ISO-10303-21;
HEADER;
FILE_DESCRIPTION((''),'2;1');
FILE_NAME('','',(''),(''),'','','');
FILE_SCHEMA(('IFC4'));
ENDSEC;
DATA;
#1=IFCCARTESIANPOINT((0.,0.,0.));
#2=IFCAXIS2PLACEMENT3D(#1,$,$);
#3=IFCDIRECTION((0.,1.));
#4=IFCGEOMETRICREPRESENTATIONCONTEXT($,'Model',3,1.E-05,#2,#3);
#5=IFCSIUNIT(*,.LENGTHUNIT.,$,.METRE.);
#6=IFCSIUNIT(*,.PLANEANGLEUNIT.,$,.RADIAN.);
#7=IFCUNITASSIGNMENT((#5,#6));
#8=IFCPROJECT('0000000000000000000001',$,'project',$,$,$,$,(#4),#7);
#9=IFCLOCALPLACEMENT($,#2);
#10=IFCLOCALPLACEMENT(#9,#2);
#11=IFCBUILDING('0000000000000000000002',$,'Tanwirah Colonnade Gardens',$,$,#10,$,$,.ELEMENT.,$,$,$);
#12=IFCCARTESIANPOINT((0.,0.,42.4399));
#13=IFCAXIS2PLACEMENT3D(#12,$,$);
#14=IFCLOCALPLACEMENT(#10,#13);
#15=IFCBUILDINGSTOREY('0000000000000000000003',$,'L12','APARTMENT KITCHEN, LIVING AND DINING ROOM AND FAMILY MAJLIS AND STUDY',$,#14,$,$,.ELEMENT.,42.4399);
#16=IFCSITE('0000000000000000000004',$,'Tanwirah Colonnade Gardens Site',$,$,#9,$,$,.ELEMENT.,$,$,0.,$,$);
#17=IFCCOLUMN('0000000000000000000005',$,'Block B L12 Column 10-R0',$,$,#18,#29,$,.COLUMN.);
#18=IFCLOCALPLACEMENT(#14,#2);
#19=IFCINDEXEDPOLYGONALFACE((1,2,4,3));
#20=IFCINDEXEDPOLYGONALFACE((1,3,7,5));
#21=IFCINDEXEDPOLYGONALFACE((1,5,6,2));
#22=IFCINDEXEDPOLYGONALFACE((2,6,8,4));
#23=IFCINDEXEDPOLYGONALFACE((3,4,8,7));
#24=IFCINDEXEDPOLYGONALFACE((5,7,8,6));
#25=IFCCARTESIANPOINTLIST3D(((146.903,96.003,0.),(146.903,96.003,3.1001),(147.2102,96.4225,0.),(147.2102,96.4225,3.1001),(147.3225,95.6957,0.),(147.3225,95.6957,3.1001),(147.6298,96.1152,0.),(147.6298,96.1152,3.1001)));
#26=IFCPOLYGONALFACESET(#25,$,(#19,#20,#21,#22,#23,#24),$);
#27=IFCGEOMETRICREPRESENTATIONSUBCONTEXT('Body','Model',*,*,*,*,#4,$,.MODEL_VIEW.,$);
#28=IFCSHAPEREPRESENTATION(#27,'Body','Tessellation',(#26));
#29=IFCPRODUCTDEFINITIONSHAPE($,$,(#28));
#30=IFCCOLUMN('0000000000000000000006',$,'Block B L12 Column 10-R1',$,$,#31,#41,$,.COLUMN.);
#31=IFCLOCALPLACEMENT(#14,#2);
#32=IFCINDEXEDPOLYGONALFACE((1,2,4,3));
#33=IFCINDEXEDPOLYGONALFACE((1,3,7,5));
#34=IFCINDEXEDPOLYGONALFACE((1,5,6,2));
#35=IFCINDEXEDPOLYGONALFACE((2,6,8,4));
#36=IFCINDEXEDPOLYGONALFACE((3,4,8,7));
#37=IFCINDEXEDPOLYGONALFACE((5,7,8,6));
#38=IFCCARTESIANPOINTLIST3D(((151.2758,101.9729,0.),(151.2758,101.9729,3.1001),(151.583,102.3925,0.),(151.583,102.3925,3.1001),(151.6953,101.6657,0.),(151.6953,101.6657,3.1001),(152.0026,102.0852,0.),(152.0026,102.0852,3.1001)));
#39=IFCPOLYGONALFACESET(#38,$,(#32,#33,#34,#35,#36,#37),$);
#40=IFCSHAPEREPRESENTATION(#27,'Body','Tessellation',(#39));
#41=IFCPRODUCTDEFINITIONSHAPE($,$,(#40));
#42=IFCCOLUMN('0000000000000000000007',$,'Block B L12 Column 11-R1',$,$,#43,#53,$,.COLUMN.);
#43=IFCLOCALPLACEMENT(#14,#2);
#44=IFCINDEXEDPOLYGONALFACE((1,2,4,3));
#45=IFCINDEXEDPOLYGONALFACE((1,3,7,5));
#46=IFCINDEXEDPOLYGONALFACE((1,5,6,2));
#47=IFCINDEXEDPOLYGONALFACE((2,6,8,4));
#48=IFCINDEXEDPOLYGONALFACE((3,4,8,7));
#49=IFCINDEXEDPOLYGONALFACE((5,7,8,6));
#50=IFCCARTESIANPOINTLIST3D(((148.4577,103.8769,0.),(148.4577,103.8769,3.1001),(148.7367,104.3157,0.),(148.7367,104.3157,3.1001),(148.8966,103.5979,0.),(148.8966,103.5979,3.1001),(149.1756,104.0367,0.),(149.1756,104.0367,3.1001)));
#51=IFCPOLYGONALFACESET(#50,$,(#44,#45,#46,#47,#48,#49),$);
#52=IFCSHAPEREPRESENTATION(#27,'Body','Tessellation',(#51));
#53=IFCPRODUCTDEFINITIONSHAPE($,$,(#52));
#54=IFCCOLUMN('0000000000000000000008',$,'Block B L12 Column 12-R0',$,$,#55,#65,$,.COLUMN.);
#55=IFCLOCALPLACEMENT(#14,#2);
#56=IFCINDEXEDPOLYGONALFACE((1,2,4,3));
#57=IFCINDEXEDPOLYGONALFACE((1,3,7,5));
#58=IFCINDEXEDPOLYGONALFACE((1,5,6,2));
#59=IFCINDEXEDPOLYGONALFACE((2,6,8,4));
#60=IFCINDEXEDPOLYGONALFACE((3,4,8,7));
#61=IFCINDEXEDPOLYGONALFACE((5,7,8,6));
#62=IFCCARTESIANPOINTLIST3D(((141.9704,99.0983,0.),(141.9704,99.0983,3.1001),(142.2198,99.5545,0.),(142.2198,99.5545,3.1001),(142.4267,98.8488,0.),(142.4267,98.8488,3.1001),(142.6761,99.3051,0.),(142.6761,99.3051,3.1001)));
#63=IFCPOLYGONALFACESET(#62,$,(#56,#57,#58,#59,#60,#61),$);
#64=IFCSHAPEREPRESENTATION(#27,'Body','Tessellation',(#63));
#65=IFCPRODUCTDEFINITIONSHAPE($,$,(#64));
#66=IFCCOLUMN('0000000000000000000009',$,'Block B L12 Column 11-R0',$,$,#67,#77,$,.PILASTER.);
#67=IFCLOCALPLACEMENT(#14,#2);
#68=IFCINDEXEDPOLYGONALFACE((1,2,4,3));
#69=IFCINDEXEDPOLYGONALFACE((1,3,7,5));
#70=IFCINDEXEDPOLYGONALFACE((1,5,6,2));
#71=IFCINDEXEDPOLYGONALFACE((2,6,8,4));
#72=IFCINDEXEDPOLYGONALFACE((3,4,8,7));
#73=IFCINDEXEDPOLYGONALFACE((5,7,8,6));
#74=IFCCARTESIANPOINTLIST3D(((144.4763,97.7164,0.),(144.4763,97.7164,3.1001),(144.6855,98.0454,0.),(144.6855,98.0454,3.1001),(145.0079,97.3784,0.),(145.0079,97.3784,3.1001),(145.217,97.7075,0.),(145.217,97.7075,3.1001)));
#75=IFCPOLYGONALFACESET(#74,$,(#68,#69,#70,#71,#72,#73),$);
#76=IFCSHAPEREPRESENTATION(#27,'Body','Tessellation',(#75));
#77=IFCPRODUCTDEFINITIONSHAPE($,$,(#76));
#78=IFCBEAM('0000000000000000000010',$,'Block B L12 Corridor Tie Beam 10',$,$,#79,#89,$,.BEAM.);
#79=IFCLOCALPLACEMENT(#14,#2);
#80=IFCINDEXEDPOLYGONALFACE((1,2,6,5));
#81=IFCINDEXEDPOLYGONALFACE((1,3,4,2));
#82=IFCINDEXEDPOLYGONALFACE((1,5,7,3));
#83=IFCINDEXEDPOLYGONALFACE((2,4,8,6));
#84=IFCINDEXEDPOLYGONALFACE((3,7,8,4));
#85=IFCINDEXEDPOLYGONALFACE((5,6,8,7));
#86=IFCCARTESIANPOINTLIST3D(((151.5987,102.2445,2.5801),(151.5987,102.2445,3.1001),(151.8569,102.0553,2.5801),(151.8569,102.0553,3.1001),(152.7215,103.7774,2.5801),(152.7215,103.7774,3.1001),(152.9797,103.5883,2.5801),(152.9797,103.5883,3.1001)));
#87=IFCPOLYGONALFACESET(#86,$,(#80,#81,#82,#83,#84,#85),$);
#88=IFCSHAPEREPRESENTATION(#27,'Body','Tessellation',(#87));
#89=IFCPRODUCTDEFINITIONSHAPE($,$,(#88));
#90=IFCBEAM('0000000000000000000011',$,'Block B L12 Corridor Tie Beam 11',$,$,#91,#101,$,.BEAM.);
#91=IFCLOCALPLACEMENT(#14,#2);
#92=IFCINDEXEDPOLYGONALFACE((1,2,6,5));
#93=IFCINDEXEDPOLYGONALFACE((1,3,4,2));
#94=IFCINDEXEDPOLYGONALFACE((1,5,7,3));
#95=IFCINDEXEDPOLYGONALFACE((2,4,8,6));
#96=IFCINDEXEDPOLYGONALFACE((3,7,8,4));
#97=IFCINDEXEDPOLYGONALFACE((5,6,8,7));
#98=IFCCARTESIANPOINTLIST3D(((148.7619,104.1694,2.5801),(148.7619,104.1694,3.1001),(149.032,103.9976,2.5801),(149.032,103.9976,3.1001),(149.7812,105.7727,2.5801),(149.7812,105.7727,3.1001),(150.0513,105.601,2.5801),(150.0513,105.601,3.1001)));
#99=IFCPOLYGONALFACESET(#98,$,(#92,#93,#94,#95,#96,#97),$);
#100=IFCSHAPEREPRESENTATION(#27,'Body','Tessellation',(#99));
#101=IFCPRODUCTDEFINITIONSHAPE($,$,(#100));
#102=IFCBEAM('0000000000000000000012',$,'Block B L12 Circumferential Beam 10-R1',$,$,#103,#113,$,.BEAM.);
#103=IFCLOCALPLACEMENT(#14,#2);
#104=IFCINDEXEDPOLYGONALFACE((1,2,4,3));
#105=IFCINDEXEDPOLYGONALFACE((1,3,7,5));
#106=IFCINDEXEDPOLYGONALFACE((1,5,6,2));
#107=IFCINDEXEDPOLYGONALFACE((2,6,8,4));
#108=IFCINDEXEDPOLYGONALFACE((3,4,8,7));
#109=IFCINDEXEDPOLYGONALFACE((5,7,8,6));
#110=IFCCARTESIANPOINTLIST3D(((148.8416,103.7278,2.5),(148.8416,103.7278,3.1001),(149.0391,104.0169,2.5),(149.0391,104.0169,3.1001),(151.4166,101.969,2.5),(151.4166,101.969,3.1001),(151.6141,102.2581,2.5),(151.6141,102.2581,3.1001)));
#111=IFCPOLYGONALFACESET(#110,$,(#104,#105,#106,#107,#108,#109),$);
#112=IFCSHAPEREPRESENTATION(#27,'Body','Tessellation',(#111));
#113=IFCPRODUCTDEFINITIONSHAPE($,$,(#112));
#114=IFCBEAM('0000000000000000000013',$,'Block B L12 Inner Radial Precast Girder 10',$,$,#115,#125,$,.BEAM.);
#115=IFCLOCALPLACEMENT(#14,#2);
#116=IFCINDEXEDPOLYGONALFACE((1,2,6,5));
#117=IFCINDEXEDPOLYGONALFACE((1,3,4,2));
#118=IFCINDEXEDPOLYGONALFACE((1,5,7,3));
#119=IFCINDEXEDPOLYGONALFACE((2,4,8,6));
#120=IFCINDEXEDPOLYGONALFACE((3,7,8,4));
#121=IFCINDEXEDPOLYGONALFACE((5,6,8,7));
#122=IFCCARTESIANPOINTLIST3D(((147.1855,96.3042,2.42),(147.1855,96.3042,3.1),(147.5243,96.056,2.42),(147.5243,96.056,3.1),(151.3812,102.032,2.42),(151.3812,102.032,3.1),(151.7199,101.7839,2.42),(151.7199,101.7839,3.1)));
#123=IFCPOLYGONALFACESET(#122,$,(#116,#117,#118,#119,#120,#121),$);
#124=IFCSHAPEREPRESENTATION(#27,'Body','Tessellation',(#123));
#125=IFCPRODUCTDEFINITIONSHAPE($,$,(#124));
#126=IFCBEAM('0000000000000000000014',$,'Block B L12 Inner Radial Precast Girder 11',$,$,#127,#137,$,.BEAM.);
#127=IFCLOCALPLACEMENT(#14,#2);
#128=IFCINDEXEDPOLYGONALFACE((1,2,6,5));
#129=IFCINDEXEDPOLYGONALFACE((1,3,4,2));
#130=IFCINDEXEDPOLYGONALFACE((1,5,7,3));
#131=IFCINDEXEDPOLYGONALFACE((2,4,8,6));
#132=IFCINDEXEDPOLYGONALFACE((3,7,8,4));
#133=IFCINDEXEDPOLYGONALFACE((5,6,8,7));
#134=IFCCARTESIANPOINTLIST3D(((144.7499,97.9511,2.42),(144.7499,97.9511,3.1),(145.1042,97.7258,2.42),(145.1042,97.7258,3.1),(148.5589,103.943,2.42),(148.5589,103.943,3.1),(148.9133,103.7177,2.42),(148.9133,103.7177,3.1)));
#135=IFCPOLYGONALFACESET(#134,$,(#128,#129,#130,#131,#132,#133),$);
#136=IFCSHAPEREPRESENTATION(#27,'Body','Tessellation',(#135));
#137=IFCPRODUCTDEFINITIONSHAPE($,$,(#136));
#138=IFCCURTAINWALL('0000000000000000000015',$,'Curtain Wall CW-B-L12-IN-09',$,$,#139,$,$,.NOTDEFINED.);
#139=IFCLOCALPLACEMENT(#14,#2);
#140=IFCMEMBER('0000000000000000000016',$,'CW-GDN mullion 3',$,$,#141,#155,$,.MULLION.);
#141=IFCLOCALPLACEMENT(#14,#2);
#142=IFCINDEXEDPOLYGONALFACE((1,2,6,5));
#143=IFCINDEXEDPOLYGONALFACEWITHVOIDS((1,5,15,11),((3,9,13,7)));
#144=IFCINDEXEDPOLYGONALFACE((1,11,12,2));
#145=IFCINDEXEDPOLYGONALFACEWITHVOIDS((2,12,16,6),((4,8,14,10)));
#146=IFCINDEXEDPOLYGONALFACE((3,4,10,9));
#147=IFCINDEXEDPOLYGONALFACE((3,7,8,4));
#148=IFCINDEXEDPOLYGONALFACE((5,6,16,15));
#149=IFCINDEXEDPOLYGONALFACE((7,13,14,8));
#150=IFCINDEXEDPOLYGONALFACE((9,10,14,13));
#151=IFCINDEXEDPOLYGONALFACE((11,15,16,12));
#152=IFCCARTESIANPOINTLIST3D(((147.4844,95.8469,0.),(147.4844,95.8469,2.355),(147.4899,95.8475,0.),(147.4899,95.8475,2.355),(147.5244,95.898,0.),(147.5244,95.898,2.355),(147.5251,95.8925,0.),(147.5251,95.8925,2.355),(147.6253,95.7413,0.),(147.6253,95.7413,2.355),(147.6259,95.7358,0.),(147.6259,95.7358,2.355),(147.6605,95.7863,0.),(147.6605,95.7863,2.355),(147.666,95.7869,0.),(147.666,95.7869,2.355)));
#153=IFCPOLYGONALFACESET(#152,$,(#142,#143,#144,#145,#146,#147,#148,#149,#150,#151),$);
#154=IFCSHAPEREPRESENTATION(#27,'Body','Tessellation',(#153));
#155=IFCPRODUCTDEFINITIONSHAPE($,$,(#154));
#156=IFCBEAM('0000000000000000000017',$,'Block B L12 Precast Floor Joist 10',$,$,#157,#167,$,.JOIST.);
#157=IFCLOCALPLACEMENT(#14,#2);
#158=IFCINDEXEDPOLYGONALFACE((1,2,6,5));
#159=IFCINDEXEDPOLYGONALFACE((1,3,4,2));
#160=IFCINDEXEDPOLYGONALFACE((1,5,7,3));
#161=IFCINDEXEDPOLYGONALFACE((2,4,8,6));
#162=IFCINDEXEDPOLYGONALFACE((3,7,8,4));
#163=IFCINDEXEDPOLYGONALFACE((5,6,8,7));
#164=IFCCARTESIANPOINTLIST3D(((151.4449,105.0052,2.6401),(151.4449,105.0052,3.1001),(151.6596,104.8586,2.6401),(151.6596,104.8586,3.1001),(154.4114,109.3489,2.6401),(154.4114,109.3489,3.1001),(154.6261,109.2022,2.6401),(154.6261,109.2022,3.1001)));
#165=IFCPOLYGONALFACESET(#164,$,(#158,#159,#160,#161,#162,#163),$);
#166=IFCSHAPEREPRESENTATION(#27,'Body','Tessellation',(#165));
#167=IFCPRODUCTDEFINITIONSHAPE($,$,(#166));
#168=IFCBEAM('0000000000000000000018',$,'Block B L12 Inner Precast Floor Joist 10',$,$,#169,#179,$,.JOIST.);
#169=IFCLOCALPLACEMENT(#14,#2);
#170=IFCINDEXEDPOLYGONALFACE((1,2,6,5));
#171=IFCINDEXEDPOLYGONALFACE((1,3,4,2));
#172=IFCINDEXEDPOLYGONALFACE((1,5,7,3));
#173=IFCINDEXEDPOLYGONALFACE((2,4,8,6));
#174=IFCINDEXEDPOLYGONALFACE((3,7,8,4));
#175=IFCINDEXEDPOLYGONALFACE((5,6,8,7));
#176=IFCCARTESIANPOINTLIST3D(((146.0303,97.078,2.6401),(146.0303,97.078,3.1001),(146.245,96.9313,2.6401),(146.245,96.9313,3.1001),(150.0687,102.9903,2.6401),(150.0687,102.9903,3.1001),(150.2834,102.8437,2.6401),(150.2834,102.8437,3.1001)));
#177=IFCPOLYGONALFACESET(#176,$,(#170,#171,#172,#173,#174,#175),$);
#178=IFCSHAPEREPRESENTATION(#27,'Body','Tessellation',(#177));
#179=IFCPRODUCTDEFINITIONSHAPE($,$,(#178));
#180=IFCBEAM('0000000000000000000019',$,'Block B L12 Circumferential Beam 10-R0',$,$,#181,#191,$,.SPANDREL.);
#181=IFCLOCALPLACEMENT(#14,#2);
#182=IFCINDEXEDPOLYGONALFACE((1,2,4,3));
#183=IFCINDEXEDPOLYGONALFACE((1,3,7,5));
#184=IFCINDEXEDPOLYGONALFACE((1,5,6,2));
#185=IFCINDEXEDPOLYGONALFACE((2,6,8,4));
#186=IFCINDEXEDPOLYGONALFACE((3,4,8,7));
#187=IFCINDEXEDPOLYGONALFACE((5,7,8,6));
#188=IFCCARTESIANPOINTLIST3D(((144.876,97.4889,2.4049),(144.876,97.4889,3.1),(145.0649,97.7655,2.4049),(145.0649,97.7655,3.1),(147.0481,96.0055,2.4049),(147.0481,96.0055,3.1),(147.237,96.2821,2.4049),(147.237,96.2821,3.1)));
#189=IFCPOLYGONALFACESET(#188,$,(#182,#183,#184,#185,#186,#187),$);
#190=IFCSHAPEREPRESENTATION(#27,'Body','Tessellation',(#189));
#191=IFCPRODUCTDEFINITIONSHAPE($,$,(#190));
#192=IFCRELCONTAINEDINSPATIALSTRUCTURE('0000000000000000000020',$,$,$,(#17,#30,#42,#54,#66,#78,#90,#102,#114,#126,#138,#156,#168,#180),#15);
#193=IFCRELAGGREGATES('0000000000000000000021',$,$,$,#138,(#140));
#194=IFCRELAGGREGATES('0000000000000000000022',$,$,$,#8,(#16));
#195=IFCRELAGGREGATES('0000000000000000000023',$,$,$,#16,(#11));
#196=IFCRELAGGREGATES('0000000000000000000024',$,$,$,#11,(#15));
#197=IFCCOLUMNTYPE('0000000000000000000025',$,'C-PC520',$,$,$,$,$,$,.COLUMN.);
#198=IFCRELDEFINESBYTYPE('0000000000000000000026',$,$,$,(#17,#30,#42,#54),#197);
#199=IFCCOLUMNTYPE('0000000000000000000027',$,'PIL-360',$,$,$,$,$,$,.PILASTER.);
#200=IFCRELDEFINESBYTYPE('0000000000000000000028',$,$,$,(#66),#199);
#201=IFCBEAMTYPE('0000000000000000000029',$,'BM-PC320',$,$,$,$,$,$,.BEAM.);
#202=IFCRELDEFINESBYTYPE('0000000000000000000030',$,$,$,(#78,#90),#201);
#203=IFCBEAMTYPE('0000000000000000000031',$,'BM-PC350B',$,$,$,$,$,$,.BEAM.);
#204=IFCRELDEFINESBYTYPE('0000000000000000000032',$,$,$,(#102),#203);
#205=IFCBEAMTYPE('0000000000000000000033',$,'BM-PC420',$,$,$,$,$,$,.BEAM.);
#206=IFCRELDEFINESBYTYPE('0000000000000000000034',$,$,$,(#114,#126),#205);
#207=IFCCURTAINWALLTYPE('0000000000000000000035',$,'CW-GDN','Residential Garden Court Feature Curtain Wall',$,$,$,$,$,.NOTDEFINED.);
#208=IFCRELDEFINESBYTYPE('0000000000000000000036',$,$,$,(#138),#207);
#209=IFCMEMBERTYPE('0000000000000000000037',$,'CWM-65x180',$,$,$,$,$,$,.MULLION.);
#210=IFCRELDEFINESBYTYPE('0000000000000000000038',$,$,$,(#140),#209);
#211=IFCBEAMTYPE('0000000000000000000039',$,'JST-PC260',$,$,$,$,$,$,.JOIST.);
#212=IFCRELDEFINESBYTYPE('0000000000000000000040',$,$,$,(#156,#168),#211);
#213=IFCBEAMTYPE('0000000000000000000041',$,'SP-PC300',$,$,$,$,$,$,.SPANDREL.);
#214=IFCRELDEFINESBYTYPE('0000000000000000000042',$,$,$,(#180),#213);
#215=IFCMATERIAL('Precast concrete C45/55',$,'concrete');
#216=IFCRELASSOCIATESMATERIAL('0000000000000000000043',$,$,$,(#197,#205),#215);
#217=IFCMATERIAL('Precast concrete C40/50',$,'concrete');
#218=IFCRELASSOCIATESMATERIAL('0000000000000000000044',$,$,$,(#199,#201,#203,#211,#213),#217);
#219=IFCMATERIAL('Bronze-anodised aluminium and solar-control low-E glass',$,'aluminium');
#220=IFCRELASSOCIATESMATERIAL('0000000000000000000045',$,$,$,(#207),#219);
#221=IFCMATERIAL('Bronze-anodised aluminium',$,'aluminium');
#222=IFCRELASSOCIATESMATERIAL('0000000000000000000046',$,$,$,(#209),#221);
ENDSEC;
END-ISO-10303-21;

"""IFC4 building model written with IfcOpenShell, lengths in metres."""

from ifc_helpers import new_model, si_unit, direction, frame, origin, origin_2d, place, context, subcontext, project, spatial, rectangle, hollow_rectangle, extrude, material, material_profile, profile_set, type_object, element, aggregate, save


model = new_model("IFC4")

# Units and contexts
model_context = context("Model", 3, precision=1e-05, world=origin(), true_north=direction((0.0, 1.0)))
body_context = subcontext(model_context, "Body", "Model", "MODEL_VIEW")
ifc_project = project(units=[si_unit("LENGTHUNIT", "METRE"), si_unit("PLANEANGLEUNIT", "RADIAN")], contexts=[model_context])

# Site, building, storey
site_placement = place(None, origin())
site = spatial("IfcSite", under=ifc_project, at=site_placement, Name="Tanwirah Colonnade Gardens Site", CompositionType="ELEMENT", RefElevation=0.0)
building_placement = place(site_placement, origin())
building = spatial("IfcBuilding", under=site, at=building_placement, Name="Tanwirah Colonnade Gardens", CompositionType="ELEMENT")
storey_placement = place(building_placement, frame((0.0, 0.0, 42.4399)))
storey = spatial("IfcBuildingStorey", under=building, at=storey_placement, Name="L12", Description="APARTMENT KITCHEN, LIVING AND DINING ROOM AND FAMILY MAJLIS AND STUDY", CompositionType="ELEMENT", Elevation=42.4399)

# Columns
ifc_material_1 = material(Name="Precast concrete C45/55", Category="concrete")
ifc_material_profile_1 = material_profile(ifc_material_1, rectangle(XDim=0.52, YDim=0.52, at=origin_2d()), Name="PC-COL 520x520")
ifc_profile_set_1 = profile_set([ifc_material_profile_1], Name="Precast concrete C45/55")
column_type_1 = type_object("IfcColumnType", Name="C-PC520", PredefinedType="COLUMN", material=ifc_profile_set_1)
for number, where, z_axis, x_axis, name in (
    (1, (147.2664, 96.0591, 0.0), (0.0, 0.0, 1.0), (0.590919, 0.806731, 0.0), "Block B L12 Column 10-R0"),
    (2, (151.6392, 102.0291, 0.0), (0.0, 0.0, 1.0), (0.590919, 0.806731, 0.0), "Block B L12 Column 10-R1"),
    (3, (148.8167, 103.9568, 0.0), (0.0, 0.0, 1.0), (0.536482, 0.843912, 0.0), "Block B L12 Column 11-R1"),
    (4, (142.3232, 99.2017, 0.0), (0.0, 0.0, 1.0), (0.479713, 0.877425, 0.0), "Block B L12 Column 12-R0"),
):
    element("IfcColumn", number, at=place(storey_placement, frame(where, z_axis=z_axis, x_axis=x_axis)), inside=storey, type_object=column_type_1, Name=name, PredefinedType="COLUMN", context=body_context, shape_type="SweptSolid", body=[
        extrude(rectangle(XDim=0.52, YDim=0.52, at=origin_2d()), origin(), (0.0, 0.0, 1.0), 3.1001),
    ])
ifc_material_2 = material(Name="Precast concrete C40/50", Category="concrete")
ifc_material_profile_2 = material_profile(ifc_material_2, rectangle(XDim=0.3899, YDim=0.6299, at=origin_2d()), Name="PC-PIL 390x630")
ifc_profile_set_2 = profile_set([ifc_material_profile_2], Name="Precast concrete C40/50")
column_type_2 = type_object("IfcColumnType", Name="PIL-360", PredefinedType="PILASTER", material=ifc_profile_set_2)
column_placement = place(storey_placement, frame((144.8467, 97.7119, 0.0), z_axis=(0.0, 0.0, 1.0), x_axis=(0.536482, 0.843912, 0.0)))
element("IfcColumn", 5, at=column_placement, inside=storey, type_object=column_type_2, Name="Block B L12 Column 11-R0", PredefinedType="PILASTER", context=body_context, shape_type="SweptSolid", body=[
    extrude(rectangle(XDim=0.3899, YDim=0.6299, at=origin_2d()), origin(), (0.0, 0.0, 1.0), 3.1001),
])

# Beams
ifc_material_profile_3 = material_profile(ifc_material_2, rectangle(XDim=0.3201, YDim=0.52, at=origin_2d()), Name="PC-BM 320x520")
ifc_profile_set_3 = profile_set([ifc_material_profile_3], Name="Precast concrete C40/50")
beam_type_1 = type_object("IfcBeamType", Name="BM-PC320", PredefinedType="BEAM", material=ifc_profile_set_3)
beam_1_placement = place(storey_placement, frame((151.7278, 102.1499, 2.8401), z_axis=(0.590896, 0.806748, 0.0), x_axis=(-0.806748, 0.590896, 0.0)))
element("IfcBeam", 6, at=beam_1_placement, inside=storey, type_object=beam_type_1, Name="Block B L12 Corridor Tie Beam 10", PredefinedType="BEAM", context=body_context, shape_type="SweptSolid", body=[
    extrude(rectangle(XDim=0.3201, YDim=0.52, at=origin_2d()), origin(), (0.0, 0.0, 1.0), 1.9001),
])
beam_2_placement = place(storey_placement, frame((148.897, 104.0835, 2.8401), z_axis=(0.53651, 0.843894, 0.0), x_axis=(-0.843894, 0.53651, 0.0)))
element("IfcBeam", 7, at=beam_2_placement, inside=storey, type_object=beam_type_1, Name="Block B L12 Corridor Tie Beam 11", PredefinedType="BEAM", context=body_context, shape_type="SweptSolid", body=[
    extrude(rectangle(XDim=0.3201, YDim=0.52, at=origin_2d()), origin(), (0.0, 0.0, 1.0), 1.8999),
])
ifc_material_profile_4 = material_profile(ifc_material_2, rectangle(XDim=0.3501, YDim=0.6001, at=origin_2d()), Name="PC-BM 350x600")
ifc_profile_set_4 = profile_set([ifc_material_profile_4], Name="Precast concrete C40/50")
beam_type_2 = type_object("IfcBeamType", Name="BM-PC350B", PredefinedType="BEAM", material=ifc_profile_set_4)
beam_3_placement = place(storey_placement, frame((151.5154, 102.1135, 2.8), z_axis=(-0.825758, 0.564024, 0.0), x_axis=(-0.564024, -0.825758, 0.0)))
element("IfcBeam", 8, at=beam_3_placement, inside=storey, type_object=beam_type_2, Name="Block B L12 Circumferential Beam 10-R1", PredefinedType="BEAM", context=body_context, shape_type="SweptSolid", body=[
    extrude(rectangle(XDim=0.3501, YDim=0.6001, at=origin_2d()), origin(), (0.0, 0.0, 1.0), 3.1184),
])
ifc_material_profile_5 = material_profile(ifc_material_1, rectangle(XDim=0.4199, YDim=0.6799, at=origin_2d()), Name="PC-BM 420x680")
ifc_profile_set_5 = profile_set([ifc_material_profile_5], Name="Precast concrete C45/55")
beam_type_3 = type_object("IfcBeamType", Name="BM-PC420", PredefinedType="BEAM", material=ifc_profile_set_5)
for number, where, z_axis, x_axis, name in (
    (9, (151.5505, 101.908, 2.76), (-0.590922, -0.806728, 0.0), (0.806728, -0.590922, 0.0), "Block B L12 Inner Radial Precast Girder 10"),
    (10, (148.7361, 103.8303, 2.76), (-0.536477, -0.843915, 0.0), (0.843915, -0.536477, 0.0), "Block B L12 Inner Radial Precast Girder 11"),
):
    element("IfcBeam", number, at=place(storey_placement, frame(where, z_axis=z_axis, x_axis=x_axis)), inside=storey, type_object=beam_type_3, Name=name, PredefinedType="BEAM", context=body_context, shape_type="SweptSolid", body=[
        extrude(rectangle(XDim=0.4199, YDim=0.6799, at=origin_2d()), origin(), (0.0, 0.0, 1.0), 7.1001),
    ])

# Curtain wall, member
ifc_material_3 = material(Name="Bronze-anodised aluminium and solar-control low-E glass", Category="aluminium")
curtain_wall_type = type_object("IfcCurtainWallType", Name="CW-GDN", Description="Residential Garden Court Feature Curtain Wall", PredefinedType="NOTDEFINED", material=ifc_material_3)
curtain_wall_placement = place(storey_placement, origin())
curtain_wall = element("IfcCurtainWall", 11, at=curtain_wall_placement, inside=storey, type_object=curtain_wall_type, Name="Curtain Wall CW-B-L12-IN-09", PredefinedType="NOTDEFINED")
ifc_material_4 = material(Name="Bronze-anodised aluminium", Category="aluminium")
ifc_material_profile_6 = material_profile(ifc_material_4, hollow_rectangle(XDim=0.0649, YDim=0.1799, WallThickness=0.0039, at=origin_2d()), Name="CW-MUL 65x180x4")
ifc_profile_set_6 = profile_set([ifc_material_profile_6], Name="Bronze-anodised aluminium")
member_type = type_object("IfcMemberType", Name="CWM-65x180", PredefinedType="MULLION", material=ifc_profile_set_6)
member_placement = place(storey_placement, frame((147.5752, 95.8169, 0.0), z_axis=(0.0, 0.0, 1.0), x_axis=(-0.617189, -0.786815, 0.0)))
member = element("IfcMember", 12, at=member_placement, type_object=member_type, Name="CW-GDN mullion 3", PredefinedType="MULLION", context=body_context, shape_type="SweptSolid", body=[
    extrude(hollow_rectangle(XDim=0.0649, YDim=0.1799, WallThickness=0.0039, at=origin_2d()), origin(), (0.0, 0.0, 1.0), 2.355),
])
aggregate(curtain_wall, [member])

# Beams
ifc_material_profile_7 = material_profile(ifc_material_2, rectangle(XDim=0.26, YDim=0.46, at=origin_2d()), Name="PC-JST 260x460")
ifc_profile_set_7 = profile_set([ifc_material_profile_7], Name="Precast concrete C40/50")
beam_type_4 = type_object("IfcBeamType", Name="JST-PC260", PredefinedType="JOIST", material=ifc_profile_set_7)
beam_4_placement = place(storey_placement, frame((151.5522, 104.9319, 2.8701), z_axis=(0.563973, 0.825793, 0.0), x_axis=(-0.825793, 0.563973, 0.0)))
element("IfcBeam", 13, at=beam_4_placement, inside=storey, type_object=beam_type_4, Name="Block B L12 Precast Floor Joist 10", PredefinedType="JOIST", context=body_context, shape_type="SweptSolid", body=[
    extrude(rectangle(XDim=0.26, YDim=0.46, at=origin_2d()), origin(), (0.0, 0.0, 1.0), 5.26),
])
beam_5_placement = place(storey_placement, frame((146.1377, 97.0046, 2.8701), z_axis=(0.564021, 0.82576, 0.0), x_axis=(-0.82576, 0.564021, 0.0)))
element("IfcBeam", 14, at=beam_5_placement, inside=storey, type_object=beam_type_4, Name="Block B L12 Inner Precast Floor Joist 10", PredefinedType="JOIST", context=body_context, shape_type="SweptSolid", body=[
    extrude(rectangle(XDim=0.26, YDim=0.46, at=origin_2d()), origin(), (0.0, 0.0, 1.0), 7.1599),
])
ifc_material_profile_8 = material_profile(ifc_material_2, rectangle(XDim=0.335, YDim=0.6951, at=origin_2d()), Name="PC-SP 335x695")
ifc_profile_set_8 = profile_set([ifc_material_profile_8], Name="Precast concrete C40/50")
beam_type_5 = type_object("IfcBeamType", Name="SP-PC300", PredefinedType="SPANDREL", material=ifc_profile_set_8)
for number, where, z_axis, x_axis, name in (
    (15, (147.1426, 96.1438, 2.7524), (-0.825801, 0.563962, 0.0), (-0.563962, -0.825801, 0.0), "Block B L12 Circumferential Beam 10-R0"),
):
    element("IfcBeam", number, at=place(storey_placement, frame(where, z_axis=z_axis, x_axis=x_axis)), inside=storey, type_object=beam_type_5, Name=name, PredefinedType="SPANDREL", context=body_context, shape_type="SweptSolid", body=[
        extrude(rectangle(XDim=0.335, YDim=0.6951, at=origin_2d()), origin(), (0.0, 0.0, 1.0), 2.6304),
    ])

save(model, "model.ifc")
